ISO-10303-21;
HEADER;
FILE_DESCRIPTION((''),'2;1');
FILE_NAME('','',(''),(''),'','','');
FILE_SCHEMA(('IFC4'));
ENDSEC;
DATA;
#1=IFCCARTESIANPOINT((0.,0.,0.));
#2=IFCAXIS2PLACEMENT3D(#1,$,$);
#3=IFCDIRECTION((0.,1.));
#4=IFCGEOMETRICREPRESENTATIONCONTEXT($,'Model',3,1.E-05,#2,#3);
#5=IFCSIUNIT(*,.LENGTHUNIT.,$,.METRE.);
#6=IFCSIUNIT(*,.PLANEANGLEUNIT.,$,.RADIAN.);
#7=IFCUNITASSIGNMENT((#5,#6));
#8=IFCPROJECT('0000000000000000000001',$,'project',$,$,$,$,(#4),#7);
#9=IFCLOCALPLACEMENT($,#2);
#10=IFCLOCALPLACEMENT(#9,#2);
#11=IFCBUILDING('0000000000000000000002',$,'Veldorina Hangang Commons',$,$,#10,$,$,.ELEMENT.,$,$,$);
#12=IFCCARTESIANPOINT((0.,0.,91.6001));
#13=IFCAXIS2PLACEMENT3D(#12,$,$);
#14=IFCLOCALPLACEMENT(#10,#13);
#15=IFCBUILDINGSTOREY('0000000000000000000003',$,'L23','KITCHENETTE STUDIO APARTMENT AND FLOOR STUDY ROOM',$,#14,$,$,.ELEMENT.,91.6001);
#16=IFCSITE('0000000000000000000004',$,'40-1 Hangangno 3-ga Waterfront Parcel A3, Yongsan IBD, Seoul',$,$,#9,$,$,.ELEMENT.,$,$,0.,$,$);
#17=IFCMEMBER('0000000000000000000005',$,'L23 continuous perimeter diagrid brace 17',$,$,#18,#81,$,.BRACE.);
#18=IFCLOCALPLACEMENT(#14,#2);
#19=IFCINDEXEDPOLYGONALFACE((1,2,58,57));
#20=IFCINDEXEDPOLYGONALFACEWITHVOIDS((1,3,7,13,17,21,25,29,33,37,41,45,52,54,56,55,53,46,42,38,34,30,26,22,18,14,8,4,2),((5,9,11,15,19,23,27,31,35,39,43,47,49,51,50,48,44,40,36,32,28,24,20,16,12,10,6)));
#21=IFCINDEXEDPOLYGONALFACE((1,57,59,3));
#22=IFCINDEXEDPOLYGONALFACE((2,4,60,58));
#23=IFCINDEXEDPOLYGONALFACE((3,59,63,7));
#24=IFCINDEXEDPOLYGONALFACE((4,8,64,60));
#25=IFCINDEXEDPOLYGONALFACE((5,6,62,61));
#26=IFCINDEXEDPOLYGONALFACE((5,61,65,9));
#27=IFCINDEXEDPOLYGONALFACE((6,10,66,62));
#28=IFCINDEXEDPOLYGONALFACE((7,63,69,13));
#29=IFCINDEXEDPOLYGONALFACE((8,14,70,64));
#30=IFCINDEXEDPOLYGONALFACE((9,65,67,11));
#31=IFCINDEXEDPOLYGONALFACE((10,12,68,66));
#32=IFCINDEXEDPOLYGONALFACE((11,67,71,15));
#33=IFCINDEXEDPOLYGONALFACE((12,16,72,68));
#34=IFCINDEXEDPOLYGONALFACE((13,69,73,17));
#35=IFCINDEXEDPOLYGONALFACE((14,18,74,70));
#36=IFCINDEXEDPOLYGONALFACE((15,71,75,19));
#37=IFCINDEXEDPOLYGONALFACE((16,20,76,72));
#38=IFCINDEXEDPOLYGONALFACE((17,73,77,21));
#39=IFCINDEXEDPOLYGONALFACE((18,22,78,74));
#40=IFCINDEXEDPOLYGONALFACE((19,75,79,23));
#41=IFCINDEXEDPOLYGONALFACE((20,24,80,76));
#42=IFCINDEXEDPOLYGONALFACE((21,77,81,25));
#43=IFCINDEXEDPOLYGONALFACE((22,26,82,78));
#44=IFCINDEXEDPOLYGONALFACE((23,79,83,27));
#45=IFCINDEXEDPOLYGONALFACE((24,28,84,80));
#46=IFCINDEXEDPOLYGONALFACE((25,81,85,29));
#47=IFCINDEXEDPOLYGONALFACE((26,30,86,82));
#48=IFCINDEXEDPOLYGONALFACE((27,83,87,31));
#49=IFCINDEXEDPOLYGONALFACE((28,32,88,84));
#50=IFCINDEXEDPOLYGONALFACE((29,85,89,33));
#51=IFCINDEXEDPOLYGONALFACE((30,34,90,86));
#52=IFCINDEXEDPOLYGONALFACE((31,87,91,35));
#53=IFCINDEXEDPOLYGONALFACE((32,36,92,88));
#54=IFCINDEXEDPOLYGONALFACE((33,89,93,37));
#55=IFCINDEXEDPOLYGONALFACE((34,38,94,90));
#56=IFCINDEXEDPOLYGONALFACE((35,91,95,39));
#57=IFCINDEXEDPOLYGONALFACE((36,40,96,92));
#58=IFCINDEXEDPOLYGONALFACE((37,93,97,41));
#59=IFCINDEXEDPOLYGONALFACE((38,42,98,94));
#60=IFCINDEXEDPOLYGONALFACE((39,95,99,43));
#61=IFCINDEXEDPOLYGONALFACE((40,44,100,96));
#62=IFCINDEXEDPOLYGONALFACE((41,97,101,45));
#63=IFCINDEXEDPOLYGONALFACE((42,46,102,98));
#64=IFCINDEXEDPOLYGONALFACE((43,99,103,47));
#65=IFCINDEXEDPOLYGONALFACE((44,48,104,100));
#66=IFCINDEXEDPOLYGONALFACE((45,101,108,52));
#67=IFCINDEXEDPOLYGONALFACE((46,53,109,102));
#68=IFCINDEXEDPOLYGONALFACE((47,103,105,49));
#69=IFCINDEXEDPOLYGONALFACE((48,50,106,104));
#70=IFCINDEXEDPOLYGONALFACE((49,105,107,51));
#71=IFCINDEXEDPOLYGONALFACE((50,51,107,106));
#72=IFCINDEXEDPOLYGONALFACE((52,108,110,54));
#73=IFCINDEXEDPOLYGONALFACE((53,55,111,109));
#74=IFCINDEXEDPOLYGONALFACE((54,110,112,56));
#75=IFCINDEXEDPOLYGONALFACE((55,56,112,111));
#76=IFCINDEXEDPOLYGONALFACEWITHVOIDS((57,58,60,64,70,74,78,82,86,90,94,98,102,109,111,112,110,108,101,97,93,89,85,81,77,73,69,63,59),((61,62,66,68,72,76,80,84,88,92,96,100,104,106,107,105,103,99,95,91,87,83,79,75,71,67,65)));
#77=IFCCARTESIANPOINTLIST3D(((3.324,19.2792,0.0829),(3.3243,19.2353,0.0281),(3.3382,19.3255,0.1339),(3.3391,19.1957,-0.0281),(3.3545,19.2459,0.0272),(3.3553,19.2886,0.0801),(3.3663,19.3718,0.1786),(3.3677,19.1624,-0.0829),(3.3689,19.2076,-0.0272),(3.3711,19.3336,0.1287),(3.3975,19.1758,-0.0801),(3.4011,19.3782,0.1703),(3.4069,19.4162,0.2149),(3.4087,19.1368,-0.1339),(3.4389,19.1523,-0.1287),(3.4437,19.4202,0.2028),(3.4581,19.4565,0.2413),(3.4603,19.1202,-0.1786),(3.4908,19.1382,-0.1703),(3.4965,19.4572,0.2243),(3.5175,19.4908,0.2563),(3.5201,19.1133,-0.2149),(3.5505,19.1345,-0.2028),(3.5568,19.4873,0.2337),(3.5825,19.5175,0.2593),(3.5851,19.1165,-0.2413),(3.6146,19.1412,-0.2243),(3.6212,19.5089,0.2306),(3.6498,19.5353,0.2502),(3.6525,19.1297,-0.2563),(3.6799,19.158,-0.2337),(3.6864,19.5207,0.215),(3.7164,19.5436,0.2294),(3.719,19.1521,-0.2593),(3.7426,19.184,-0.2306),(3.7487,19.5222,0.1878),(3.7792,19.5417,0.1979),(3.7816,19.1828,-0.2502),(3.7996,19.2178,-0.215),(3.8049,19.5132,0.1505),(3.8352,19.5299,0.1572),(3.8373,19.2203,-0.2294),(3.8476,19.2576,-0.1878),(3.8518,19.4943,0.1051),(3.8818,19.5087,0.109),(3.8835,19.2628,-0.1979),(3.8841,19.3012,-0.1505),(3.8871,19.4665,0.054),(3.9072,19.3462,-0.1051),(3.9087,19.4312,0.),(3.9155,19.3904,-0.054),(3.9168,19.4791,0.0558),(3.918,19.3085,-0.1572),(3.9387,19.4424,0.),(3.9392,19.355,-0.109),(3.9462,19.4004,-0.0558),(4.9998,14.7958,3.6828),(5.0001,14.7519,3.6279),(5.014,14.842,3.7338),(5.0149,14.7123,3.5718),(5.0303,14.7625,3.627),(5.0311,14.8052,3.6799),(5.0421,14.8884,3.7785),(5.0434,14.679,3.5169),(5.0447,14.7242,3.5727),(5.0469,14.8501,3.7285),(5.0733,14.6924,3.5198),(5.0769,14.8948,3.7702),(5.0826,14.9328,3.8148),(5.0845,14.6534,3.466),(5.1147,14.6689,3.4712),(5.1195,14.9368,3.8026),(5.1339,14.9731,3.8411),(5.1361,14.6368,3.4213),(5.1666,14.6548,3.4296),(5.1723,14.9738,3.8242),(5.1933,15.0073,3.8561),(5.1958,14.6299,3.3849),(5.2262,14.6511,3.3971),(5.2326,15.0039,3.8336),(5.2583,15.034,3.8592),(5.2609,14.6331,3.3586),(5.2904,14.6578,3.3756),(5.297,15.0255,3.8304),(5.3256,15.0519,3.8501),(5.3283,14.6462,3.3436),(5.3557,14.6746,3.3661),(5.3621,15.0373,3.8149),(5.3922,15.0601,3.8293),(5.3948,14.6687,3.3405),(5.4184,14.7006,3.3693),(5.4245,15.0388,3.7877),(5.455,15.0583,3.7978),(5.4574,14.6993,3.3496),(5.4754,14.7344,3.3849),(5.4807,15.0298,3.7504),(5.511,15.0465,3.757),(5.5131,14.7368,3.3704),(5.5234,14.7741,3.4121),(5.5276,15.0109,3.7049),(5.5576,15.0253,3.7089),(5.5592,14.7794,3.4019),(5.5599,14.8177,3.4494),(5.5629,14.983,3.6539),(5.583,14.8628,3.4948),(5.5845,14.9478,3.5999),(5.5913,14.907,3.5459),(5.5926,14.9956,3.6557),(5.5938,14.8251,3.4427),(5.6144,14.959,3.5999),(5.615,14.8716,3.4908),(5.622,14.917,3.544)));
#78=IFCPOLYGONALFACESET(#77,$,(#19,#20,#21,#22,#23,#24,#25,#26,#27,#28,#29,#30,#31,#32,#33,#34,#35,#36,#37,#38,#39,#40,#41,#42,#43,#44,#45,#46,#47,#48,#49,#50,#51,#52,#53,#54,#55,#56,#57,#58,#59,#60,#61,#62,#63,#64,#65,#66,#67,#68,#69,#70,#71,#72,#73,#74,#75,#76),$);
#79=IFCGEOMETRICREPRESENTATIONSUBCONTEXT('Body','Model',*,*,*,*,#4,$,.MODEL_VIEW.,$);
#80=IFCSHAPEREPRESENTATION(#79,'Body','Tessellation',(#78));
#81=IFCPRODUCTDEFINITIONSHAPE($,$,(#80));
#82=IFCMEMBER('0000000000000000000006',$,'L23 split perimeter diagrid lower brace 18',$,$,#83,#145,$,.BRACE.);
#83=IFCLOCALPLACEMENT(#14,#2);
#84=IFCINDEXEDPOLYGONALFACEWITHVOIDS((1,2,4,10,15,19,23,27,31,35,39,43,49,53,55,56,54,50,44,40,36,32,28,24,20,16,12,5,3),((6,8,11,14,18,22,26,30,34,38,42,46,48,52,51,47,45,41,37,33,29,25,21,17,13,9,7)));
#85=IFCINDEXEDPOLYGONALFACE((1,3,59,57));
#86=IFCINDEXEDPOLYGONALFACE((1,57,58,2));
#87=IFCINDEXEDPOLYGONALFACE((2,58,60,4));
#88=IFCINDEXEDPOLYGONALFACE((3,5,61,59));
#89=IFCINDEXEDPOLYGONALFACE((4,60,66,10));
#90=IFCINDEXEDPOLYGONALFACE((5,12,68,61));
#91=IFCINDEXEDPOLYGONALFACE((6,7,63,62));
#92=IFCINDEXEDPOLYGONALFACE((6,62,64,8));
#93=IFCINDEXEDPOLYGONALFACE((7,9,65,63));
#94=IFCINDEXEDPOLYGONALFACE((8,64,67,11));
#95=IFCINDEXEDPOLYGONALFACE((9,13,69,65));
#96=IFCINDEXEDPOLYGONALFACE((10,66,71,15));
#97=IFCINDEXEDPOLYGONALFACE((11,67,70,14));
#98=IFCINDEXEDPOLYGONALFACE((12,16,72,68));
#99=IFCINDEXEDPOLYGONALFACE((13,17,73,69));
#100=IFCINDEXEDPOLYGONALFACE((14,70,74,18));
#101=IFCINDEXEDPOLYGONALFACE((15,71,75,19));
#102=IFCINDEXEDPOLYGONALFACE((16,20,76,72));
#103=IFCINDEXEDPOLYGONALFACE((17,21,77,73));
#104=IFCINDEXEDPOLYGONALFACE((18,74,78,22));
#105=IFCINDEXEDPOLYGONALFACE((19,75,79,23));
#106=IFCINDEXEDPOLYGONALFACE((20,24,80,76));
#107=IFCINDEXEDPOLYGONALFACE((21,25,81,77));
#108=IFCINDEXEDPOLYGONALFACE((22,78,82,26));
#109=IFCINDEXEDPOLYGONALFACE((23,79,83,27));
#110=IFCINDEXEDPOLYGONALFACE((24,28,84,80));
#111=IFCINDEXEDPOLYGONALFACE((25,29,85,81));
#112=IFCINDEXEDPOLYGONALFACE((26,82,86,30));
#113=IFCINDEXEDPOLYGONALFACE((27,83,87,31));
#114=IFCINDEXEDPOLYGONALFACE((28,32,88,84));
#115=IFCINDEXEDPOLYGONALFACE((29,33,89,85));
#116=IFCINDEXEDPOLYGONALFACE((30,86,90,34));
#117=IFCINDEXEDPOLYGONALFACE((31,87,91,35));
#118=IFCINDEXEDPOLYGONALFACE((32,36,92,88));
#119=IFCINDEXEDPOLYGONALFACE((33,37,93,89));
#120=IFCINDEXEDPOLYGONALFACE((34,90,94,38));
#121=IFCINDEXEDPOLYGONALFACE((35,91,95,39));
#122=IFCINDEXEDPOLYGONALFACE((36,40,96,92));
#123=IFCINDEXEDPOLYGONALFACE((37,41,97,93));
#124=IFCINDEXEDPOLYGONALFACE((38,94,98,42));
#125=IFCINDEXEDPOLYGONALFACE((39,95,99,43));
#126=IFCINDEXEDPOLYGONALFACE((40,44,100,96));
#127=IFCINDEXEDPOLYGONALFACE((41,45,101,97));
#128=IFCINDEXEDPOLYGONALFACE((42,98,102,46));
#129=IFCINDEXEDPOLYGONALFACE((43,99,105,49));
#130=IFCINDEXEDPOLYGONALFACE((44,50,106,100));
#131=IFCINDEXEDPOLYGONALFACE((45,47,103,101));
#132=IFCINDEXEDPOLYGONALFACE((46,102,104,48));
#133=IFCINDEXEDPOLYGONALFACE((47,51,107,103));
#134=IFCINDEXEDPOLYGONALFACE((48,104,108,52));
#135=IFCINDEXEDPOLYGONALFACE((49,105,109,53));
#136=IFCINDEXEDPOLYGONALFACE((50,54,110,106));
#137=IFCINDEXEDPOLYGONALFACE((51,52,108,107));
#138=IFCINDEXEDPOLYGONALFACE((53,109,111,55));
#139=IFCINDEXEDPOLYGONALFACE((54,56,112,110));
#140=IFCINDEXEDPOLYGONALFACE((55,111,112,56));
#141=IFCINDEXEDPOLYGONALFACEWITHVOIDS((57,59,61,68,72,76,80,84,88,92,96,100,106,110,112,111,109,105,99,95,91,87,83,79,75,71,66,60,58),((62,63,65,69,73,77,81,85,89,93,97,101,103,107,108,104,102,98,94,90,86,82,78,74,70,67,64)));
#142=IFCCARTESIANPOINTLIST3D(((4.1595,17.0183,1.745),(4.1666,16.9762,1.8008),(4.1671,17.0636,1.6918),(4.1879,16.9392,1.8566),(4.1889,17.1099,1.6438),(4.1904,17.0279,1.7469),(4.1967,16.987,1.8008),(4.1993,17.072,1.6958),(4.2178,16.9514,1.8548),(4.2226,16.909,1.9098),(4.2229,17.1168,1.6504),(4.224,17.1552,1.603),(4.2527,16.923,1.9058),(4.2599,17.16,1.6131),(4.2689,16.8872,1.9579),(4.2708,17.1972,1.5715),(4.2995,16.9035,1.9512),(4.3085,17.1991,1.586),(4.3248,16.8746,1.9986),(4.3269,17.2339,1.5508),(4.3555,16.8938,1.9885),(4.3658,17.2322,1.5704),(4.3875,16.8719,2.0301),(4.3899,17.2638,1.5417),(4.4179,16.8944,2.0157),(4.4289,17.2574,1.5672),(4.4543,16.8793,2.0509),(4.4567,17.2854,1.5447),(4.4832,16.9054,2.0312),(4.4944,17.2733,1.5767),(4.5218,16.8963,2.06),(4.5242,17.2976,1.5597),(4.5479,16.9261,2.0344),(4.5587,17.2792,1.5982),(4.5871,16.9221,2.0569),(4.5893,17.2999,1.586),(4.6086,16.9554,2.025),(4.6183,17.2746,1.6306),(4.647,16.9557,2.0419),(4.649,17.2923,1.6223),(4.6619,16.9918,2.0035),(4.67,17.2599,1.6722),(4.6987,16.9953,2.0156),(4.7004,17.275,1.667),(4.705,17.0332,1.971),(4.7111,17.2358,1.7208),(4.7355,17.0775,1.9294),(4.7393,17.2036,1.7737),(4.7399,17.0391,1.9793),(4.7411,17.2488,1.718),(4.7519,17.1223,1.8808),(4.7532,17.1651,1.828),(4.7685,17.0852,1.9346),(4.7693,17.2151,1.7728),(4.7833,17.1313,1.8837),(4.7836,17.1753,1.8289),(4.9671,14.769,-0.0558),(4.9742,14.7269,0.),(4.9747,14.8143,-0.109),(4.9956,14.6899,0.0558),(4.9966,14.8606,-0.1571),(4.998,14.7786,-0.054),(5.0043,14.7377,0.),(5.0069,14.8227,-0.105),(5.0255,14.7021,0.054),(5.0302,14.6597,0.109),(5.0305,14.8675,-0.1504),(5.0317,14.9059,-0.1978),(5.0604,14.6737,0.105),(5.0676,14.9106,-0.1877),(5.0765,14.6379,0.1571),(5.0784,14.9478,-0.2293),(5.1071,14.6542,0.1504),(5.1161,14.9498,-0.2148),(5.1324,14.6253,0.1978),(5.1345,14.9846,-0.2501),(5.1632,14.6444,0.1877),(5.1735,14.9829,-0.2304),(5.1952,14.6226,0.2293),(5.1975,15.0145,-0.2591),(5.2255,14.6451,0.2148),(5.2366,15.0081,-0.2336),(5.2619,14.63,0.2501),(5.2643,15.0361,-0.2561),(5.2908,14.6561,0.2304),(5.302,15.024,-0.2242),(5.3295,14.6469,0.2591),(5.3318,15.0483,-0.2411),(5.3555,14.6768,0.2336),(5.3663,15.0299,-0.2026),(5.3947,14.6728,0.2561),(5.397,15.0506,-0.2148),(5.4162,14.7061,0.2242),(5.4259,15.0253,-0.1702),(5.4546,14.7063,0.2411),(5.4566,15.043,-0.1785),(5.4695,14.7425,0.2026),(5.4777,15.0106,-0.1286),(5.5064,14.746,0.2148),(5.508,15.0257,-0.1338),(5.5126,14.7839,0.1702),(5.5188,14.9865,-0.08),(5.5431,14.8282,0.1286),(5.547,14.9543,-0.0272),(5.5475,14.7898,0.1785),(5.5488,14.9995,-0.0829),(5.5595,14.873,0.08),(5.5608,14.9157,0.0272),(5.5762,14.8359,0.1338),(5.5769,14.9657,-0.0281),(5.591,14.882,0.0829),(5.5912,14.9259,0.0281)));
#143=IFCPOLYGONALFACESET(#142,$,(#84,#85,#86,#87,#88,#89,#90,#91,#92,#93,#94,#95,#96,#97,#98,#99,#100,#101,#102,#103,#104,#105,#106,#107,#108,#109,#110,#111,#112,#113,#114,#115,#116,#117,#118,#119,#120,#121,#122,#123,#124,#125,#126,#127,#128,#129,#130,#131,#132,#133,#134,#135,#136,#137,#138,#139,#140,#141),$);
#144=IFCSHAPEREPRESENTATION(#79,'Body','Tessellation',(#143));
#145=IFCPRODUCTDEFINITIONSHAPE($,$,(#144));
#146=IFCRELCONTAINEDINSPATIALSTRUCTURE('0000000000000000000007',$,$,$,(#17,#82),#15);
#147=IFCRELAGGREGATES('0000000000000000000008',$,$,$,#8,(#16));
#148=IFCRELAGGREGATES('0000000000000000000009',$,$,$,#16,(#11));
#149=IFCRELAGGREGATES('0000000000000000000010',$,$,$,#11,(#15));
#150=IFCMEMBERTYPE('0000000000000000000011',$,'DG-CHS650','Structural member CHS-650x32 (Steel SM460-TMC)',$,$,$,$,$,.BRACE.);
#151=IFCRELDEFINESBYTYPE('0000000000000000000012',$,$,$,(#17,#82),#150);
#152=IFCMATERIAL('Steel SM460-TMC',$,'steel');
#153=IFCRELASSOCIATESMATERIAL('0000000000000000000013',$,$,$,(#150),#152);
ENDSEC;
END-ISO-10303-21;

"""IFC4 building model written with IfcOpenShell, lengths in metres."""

from ifc_helpers import new_model, si_unit, direction, frame, origin, origin_2d, place, context, subcontext, project, spatial, hollow_circle, extrude, material, material_profile, profile_set, type_object, element, save


model = new_model("IFC4")

# Units and contexts
model_context = context("Model", 3, precision=1e-05, world=origin(), true_north=direction((0.0, 1.0)))
body_context = subcontext(model_context, "Body", "Model", "MODEL_VIEW")
ifc_project = project(units=[si_unit("LENGTHUNIT", "METRE"), si_unit("PLANEANGLEUNIT", "RADIAN")], contexts=[model_context])

# Site, building, storey
site_placement = place(None, origin())
site = spatial("IfcSite", under=ifc_project, at=site_placement, Name="40-1 Hangangno 3-ga Waterfront Parcel A3, Yongsan IBD, Seoul", CompositionType="ELEMENT", RefElevation=0.0)
building_placement = place(site_placement, origin())
building = spatial("IfcBuilding", under=site, at=building_placement, Name="Veldorina Hangang Commons", CompositionType="ELEMENT")
storey_placement = place(building_placement, frame((0.0, 0.0, 91.6001)))
storey = spatial("IfcBuildingStorey", under=building, at=storey_placement, Name="L23", Description="KITCHENETTE STUDIO APARTMENT AND FLOOR STUDY ROOM", CompositionType="ELEMENT", Elevation=91.6001)

# Members
ifc_material_1 = material(Name="Steel SM460-TMC", Category="steel")
ifc_material_profile_1 = material_profile(ifc_material_1, hollow_circle(Radius=0.325, WallThickness=0.032, at=origin_2d()), Name="CHS-650x32")
ifc_profile_set_1 = profile_set([ifc_material_profile_1], Name="Steel SM460-TMC")
member_type = type_object("IfcMemberType", Name="DG-CHS650", Description="Structural member CHS-650x32 (Steel SM460-TMC)", PredefinedType="BRACE", material=ifc_profile_set_1)
member_1_placement = place(storey_placement, frame((3.6343, 19.3286, 0.0), z_axis=(0.27981, -0.748606, 0.601078), x_axis=(0.936706, 0.350117, 0.0)))
element("IfcMember", 1, at=member_1_placement, inside=storey, type_object=member_type, Name="L23 continuous perimeter diagrid brace 17", PredefinedType="BRACE", context=body_context, shape_type="SweptSolid", body=[
    extrude(hollow_circle(Radius=0.325, WallThickness=0.032, at=origin_2d()), origin(), (0.0, 0.0, 1.0), 5.989),
])
member_2_placement = place(storey_placement, frame((5.28, 14.8367, 0.0), z_axis=(-0.269892, 0.751668, 0.601791), x_axis=(-0.94117, -0.337934, 0.0)))
element("IfcMember", 2, at=member_2_placement, inside=storey, type_object=member_type, Name="L23 split perimeter diagrid lower brace 18", PredefinedType="BRACE", context=body_context, shape_type="SweptSolid", body=[
    extrude(hollow_circle(Radius=0.325, WallThickness=0.032, at=origin_2d()), origin(), (0.0, 0.0, 1.0), 2.9924),
])

save(model, "model.ifc")
